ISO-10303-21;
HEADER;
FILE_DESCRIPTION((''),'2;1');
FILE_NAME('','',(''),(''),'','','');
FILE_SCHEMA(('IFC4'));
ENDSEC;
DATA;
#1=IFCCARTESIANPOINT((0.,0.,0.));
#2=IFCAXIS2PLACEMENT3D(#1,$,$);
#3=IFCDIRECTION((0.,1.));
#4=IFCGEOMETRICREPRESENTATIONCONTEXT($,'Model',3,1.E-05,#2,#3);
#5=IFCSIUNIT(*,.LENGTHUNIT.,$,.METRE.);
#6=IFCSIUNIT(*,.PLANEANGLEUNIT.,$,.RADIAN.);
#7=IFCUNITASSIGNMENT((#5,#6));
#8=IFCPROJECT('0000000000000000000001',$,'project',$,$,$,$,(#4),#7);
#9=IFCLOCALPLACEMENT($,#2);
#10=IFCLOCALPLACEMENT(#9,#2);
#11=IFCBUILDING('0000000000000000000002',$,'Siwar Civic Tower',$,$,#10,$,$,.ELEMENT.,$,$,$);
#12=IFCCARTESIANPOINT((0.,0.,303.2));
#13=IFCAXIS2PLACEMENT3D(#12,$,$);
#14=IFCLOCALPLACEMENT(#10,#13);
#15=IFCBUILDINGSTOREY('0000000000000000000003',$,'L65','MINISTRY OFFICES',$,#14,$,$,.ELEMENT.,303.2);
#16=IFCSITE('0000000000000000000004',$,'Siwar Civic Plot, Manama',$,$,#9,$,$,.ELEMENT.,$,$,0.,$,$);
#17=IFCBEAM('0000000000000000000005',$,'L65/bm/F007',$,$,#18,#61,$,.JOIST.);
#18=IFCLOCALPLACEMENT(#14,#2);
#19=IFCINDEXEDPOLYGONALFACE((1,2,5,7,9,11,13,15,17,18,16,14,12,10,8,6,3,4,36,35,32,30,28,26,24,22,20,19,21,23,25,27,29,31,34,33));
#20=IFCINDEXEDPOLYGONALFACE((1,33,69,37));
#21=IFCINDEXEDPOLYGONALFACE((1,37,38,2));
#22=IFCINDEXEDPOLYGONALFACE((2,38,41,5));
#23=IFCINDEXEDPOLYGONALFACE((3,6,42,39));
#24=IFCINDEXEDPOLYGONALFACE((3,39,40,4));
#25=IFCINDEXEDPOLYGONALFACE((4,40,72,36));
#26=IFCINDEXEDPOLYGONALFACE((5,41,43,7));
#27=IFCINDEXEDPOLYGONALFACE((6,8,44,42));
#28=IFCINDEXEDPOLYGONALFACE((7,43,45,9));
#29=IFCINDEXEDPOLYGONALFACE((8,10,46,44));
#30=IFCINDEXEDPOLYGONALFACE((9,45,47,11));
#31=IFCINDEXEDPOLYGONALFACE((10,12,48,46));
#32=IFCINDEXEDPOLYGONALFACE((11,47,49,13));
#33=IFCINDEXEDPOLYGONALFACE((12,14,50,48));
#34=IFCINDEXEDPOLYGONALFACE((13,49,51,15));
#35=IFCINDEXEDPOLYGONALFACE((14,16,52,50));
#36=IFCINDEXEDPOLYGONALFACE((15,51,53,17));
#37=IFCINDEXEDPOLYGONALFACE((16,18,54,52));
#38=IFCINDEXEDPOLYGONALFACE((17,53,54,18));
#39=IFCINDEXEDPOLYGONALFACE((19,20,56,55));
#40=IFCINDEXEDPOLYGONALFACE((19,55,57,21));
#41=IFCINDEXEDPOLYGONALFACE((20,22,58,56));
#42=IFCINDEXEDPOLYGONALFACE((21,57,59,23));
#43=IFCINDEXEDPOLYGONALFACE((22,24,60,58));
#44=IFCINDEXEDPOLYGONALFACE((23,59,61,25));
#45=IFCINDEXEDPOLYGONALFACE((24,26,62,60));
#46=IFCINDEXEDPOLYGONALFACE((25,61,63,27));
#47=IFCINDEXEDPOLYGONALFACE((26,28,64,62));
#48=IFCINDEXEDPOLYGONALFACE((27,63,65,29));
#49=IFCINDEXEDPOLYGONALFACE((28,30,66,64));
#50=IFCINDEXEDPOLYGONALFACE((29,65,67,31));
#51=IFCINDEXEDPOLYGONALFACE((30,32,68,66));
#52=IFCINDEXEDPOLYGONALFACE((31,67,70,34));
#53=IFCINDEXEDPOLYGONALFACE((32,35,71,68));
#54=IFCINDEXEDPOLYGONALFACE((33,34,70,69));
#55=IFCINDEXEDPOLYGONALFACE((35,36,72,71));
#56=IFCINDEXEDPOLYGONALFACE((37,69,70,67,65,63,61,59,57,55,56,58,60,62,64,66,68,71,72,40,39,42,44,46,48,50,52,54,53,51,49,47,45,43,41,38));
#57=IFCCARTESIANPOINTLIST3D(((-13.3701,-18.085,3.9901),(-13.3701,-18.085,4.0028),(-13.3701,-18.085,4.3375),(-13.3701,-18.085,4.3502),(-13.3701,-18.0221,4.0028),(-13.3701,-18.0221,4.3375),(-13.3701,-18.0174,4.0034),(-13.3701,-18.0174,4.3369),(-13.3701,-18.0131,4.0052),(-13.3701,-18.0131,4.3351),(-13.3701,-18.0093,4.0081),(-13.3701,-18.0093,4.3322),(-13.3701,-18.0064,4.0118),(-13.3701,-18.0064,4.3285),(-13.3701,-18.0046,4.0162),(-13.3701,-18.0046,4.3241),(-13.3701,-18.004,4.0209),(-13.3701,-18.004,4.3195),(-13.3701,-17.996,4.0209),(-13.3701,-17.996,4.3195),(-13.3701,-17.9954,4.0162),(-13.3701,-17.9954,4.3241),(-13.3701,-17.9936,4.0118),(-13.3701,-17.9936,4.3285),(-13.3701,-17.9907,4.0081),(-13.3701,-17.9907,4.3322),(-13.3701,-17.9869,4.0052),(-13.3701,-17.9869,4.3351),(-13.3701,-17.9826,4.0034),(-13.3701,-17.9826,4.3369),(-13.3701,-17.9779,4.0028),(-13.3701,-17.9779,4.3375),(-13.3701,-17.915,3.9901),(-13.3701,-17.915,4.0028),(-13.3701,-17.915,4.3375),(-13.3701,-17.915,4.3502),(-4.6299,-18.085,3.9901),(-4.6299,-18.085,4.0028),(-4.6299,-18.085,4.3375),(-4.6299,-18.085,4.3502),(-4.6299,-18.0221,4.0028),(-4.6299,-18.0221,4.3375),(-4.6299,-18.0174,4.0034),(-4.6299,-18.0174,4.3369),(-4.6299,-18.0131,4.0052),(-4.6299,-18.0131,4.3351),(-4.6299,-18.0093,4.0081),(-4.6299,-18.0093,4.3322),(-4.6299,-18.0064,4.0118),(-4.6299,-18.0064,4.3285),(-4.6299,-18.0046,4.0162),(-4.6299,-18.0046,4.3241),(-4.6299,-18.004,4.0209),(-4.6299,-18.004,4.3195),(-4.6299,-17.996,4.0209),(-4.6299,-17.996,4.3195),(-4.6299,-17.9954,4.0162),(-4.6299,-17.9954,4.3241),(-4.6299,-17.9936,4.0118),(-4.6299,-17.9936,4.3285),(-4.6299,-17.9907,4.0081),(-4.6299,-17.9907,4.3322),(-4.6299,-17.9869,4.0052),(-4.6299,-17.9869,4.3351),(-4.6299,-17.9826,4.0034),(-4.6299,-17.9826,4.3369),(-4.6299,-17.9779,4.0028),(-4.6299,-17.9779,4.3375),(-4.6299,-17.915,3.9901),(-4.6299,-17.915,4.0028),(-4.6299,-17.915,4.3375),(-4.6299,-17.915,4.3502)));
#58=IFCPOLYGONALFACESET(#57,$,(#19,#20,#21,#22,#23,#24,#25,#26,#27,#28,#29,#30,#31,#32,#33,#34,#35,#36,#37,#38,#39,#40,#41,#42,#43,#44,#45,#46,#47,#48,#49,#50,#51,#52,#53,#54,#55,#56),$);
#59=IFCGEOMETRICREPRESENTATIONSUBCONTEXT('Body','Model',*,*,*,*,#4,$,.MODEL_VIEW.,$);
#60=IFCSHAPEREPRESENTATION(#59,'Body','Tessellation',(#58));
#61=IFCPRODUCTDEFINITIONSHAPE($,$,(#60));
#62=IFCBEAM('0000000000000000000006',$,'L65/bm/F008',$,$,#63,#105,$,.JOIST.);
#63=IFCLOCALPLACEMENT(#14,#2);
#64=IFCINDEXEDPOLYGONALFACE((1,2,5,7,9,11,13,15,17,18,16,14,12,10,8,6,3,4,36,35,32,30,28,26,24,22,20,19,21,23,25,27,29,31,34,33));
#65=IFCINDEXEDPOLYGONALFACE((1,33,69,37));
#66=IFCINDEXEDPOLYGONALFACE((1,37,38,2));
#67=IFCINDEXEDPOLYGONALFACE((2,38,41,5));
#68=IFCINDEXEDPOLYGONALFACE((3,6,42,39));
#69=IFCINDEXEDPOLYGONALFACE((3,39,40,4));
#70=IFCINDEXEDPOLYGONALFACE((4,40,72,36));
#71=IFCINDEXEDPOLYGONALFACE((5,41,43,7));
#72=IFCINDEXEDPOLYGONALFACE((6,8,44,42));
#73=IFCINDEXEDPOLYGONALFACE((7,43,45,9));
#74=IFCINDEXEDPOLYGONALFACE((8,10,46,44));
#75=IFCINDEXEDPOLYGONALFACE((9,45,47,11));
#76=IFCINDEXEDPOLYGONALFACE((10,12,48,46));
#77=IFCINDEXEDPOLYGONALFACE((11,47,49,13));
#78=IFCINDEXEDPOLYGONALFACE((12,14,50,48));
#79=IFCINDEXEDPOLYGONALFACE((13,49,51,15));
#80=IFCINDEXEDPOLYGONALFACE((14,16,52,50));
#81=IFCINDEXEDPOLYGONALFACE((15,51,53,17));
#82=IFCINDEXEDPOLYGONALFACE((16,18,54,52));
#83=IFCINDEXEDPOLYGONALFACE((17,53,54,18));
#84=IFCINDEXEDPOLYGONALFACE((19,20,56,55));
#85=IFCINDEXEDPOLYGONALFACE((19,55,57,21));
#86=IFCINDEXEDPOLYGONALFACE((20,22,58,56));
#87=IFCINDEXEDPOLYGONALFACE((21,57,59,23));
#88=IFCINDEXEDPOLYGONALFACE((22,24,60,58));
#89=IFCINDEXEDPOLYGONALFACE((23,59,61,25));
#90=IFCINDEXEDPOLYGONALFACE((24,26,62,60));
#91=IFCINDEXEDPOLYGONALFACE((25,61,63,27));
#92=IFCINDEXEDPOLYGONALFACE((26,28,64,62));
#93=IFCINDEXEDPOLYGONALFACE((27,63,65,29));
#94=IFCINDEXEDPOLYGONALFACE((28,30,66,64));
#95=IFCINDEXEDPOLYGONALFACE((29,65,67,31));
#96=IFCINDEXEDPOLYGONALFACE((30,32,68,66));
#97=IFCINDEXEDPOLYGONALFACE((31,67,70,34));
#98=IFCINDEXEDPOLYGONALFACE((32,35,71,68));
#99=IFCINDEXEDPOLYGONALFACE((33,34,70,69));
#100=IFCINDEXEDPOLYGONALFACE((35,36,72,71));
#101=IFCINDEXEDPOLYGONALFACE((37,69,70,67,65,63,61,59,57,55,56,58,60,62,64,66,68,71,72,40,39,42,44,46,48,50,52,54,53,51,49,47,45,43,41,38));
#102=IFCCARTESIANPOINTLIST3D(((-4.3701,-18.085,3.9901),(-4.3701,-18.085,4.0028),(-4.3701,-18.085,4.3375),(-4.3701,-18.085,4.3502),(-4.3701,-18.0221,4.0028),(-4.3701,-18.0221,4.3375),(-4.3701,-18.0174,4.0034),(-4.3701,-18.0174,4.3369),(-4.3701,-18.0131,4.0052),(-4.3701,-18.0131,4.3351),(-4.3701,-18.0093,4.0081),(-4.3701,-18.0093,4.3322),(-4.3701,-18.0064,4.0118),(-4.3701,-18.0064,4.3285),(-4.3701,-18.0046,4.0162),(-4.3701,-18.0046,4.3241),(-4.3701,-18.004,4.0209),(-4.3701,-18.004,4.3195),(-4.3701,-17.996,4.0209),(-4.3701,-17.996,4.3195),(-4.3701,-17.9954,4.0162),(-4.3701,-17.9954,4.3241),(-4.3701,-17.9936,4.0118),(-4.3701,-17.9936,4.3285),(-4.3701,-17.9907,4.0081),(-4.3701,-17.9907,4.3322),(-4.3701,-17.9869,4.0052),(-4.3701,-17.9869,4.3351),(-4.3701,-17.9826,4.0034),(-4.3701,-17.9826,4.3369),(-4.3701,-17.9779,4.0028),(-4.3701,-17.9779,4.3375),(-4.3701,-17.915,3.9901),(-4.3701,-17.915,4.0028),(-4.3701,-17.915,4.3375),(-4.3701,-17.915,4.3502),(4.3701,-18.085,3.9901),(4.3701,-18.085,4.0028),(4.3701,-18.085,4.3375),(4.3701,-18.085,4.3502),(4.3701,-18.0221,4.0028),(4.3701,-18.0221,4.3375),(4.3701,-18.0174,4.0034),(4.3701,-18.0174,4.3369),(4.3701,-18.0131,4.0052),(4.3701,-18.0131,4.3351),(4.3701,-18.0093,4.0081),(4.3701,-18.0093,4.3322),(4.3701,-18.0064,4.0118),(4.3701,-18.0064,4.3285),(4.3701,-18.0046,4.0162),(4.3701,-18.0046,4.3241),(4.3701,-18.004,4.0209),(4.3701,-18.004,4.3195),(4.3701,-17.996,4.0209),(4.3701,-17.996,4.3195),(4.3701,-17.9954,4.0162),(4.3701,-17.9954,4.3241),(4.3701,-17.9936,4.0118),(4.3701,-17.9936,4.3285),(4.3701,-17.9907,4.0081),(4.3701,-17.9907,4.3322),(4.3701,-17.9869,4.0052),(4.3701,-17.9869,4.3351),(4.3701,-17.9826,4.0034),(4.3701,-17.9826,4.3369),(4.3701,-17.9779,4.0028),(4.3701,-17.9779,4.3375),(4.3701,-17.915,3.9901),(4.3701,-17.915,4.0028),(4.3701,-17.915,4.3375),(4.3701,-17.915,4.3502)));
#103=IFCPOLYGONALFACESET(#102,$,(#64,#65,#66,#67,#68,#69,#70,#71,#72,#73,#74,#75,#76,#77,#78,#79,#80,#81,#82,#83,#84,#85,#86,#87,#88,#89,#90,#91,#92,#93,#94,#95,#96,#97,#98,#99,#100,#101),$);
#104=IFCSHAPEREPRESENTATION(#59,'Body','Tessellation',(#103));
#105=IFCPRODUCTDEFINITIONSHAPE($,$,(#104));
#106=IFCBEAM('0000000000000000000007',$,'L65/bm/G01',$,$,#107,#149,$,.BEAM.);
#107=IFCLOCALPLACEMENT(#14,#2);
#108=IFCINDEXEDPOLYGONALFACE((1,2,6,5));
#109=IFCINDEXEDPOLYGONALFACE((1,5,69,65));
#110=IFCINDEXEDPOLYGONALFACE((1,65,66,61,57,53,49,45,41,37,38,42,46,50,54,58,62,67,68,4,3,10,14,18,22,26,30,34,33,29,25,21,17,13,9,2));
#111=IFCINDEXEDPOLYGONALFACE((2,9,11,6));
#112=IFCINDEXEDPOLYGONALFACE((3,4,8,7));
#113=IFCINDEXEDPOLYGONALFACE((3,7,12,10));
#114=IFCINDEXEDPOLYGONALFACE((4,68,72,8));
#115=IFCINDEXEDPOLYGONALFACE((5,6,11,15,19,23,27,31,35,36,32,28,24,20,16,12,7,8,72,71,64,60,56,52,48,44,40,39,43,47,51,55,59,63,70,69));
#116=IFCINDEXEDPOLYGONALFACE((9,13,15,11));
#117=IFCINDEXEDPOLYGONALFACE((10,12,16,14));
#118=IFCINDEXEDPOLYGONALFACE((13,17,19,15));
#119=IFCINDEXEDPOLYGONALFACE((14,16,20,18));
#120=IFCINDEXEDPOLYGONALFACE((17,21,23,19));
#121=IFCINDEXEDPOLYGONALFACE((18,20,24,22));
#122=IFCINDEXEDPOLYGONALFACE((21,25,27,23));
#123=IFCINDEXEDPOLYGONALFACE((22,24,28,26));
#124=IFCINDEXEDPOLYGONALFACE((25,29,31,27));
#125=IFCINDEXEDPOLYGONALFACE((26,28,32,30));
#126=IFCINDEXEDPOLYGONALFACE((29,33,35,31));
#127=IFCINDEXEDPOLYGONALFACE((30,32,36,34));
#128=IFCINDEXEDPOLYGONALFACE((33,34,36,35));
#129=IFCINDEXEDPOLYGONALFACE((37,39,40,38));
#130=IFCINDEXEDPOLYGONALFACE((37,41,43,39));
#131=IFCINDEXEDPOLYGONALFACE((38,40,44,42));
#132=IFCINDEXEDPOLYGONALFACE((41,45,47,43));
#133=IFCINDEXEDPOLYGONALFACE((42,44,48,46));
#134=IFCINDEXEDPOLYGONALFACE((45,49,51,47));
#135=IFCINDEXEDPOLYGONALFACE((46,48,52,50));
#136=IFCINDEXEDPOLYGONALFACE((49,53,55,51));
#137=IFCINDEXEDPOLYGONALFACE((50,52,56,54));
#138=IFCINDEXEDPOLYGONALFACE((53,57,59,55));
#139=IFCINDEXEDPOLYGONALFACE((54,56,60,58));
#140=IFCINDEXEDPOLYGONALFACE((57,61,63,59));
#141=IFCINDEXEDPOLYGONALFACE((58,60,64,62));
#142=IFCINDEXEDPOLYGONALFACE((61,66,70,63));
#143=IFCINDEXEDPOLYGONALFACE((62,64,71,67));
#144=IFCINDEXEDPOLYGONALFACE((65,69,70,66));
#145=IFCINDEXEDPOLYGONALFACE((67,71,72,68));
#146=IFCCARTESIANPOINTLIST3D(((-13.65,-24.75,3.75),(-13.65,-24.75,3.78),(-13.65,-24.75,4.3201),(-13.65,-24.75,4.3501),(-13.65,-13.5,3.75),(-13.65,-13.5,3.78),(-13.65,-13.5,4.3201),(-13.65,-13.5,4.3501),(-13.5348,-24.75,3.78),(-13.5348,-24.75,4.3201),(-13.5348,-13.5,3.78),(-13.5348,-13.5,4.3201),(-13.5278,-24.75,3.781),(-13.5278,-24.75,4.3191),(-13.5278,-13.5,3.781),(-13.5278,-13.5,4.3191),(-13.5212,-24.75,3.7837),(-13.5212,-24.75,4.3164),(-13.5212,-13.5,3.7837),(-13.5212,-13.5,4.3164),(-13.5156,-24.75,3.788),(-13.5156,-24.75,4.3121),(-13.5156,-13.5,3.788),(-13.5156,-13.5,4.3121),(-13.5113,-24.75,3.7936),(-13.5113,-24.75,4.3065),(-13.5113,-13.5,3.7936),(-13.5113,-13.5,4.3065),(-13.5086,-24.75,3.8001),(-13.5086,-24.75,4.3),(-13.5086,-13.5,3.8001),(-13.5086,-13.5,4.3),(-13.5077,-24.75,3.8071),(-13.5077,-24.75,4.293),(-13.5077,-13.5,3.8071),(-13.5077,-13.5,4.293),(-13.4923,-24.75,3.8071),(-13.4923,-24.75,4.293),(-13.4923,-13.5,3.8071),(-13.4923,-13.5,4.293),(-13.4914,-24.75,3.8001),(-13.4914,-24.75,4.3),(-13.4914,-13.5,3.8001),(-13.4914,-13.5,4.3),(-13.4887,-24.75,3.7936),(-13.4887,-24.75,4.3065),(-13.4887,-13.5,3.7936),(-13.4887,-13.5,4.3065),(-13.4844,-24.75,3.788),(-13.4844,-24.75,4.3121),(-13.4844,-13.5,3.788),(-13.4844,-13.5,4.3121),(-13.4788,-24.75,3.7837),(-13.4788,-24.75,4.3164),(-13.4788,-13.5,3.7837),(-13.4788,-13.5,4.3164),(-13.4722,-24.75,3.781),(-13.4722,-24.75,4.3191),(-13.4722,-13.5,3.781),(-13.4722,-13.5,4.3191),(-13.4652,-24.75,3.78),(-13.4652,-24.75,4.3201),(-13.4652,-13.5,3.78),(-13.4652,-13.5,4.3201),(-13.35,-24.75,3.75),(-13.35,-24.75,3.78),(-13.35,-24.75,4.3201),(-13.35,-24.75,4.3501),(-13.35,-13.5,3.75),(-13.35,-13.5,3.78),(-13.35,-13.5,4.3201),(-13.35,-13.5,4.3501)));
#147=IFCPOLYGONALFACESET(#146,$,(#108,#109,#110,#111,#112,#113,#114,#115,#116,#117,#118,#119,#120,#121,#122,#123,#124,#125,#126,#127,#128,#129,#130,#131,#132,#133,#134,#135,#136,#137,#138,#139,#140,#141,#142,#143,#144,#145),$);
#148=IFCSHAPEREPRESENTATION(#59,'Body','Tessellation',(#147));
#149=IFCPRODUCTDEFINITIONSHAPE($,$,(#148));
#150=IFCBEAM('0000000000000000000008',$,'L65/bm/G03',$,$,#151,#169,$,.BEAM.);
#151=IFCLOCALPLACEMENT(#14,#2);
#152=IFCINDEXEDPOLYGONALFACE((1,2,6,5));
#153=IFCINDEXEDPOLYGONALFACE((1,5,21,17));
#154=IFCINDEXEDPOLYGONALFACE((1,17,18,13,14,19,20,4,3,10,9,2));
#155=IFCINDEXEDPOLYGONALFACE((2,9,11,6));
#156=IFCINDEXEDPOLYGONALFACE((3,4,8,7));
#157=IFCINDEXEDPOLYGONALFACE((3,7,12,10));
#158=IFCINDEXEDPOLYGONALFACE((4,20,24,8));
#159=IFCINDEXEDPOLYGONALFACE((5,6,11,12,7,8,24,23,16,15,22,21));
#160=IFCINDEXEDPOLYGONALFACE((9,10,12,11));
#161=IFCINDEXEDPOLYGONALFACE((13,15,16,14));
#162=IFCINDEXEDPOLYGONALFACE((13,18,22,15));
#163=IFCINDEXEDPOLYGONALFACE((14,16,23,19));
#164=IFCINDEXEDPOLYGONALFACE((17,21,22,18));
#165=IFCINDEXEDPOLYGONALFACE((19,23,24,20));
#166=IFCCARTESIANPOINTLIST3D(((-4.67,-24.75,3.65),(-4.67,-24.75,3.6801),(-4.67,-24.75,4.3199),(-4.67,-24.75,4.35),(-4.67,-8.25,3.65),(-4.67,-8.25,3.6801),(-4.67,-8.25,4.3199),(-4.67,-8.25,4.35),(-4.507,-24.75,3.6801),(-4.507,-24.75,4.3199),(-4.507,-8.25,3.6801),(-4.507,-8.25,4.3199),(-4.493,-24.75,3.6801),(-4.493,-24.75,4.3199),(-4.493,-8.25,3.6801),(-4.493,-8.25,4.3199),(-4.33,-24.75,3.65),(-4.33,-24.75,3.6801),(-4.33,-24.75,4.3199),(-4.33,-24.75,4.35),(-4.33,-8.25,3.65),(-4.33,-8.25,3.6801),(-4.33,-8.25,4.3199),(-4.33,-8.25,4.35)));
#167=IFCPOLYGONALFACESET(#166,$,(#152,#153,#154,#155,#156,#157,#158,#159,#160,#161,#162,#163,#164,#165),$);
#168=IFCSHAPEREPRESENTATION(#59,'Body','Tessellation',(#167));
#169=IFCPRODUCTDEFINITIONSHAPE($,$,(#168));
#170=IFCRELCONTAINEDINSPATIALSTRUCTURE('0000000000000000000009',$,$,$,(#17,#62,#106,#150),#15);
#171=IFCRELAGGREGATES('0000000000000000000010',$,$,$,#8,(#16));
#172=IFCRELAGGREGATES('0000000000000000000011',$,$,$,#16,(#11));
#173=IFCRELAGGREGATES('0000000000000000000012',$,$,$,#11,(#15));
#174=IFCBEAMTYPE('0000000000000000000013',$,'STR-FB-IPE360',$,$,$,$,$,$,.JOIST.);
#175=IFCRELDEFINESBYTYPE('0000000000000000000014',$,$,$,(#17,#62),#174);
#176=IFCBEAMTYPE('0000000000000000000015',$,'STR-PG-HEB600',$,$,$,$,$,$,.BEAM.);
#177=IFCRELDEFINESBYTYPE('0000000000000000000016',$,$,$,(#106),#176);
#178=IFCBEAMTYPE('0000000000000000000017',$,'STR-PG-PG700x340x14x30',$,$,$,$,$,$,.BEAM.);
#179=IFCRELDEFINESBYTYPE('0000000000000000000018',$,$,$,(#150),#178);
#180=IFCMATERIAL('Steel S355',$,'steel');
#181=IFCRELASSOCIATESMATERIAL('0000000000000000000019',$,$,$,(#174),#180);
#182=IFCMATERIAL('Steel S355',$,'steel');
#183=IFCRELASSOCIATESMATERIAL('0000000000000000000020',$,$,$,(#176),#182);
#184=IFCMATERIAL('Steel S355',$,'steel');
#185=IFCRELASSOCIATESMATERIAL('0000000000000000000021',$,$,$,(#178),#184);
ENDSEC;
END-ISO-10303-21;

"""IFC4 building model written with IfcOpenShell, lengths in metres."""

from ifc_helpers import new_model, si_unit, direction, frame, origin, origin_2d, place, context, subcontext, project, spatial, i_section, extrude, material, material_profile, profile_set, type_object, element, save


model = new_model("IFC4")

# Units and contexts
model_context = context("Model", 3, precision=1e-05, world=origin(), true_north=direction((0.0, 1.0)))
body_context = subcontext(model_context, "Body", "Model", "MODEL_VIEW")
ifc_project = project(units=[si_unit("LENGTHUNIT", "METRE"), si_unit("PLANEANGLEUNIT", "RADIAN")], contexts=[model_context])

# Site, building, storey
site_placement = place(None, origin())
site = spatial("IfcSite", under=ifc_project, at=site_placement, Name="Siwar Civic Plot, Manama", CompositionType="ELEMENT", RefElevation=0.0)
building_placement = place(site_placement, origin())
building = spatial("IfcBuilding", under=site, at=building_placement, Name="Siwar Civic Tower", CompositionType="ELEMENT")
storey_placement = place(building_placement, frame((0.0, 0.0, 303.2)))
storey = spatial("IfcBuildingStorey", under=building, at=storey_placement, Name="L65", Description="MINISTRY OFFICES", CompositionType="ELEMENT", Elevation=303.2)

# Beams
ifc_material_1 = material(Name="Steel S355", Category="steel")
ifc_material_profile_1 = material_profile(ifc_material_1, i_section(OverallWidth=0.1699, OverallDepth=0.3601, WebThickness=0.0081, FlangeThickness=0.0127, FilletRadius=0.0181, at=origin_2d()), Name="IPE360")
ifc_profile_set_1 = profile_set([ifc_material_profile_1], Name="Steel S355")
beam_type_1 = type_object("IfcBeamType", Name="STR-FB-IPE360", PredefinedType="JOIST", material=ifc_profile_set_1)
for number, where, z_axis, x_axis, name in (
    (1, (-13.3701, -18.0, 4.1702), (1.0, 0.0, 0.0), (0.0, 1.0, 0.0), "L65/bm/F007"),
    (2, (-4.3701, -18.0, 4.1702), (1.0, 0.0, 0.0), (0.0, 1.0, 0.0), "L65/bm/F008"),
):
    element("IfcBeam", number, at=place(storey_placement, frame(where, z_axis=z_axis, x_axis=x_axis)), inside=storey, type_object=beam_type_1, Name=name, PredefinedType="JOIST", context=body_context, shape_type="SweptSolid", body=[
        extrude(i_section(OverallWidth=0.1699, OverallDepth=0.3601, WebThickness=0.0081, FlangeThickness=0.0127, FilletRadius=0.0181, at=origin_2d()), origin(), (0.0, 0.0, 1.0), 8.7402),
    ])
ifc_material_2 = material(Name="Steel S355", Category="steel")
ifc_material_profile_2 = material_profile(ifc_material_2, i_section(OverallWidth=0.3, OverallDepth=0.6001, WebThickness=0.0154, FlangeThickness=0.03, FilletRadius=0.0271, at=origin_2d()), Name="HEB600")
ifc_profile_set_2 = profile_set([ifc_material_profile_2], Name="Steel S355")
beam_type_2 = type_object("IfcBeamType", Name="STR-PG-HEB600", PredefinedType="BEAM", material=ifc_profile_set_2)
beam_1_placement = place(storey_placement, frame((-13.5, -24.75, 4.05), z_axis=(0.0, 1.0, 0.0), x_axis=(-1.0, 0.0, 0.0)))
element("IfcBeam", 3, at=beam_1_placement, inside=storey, type_object=beam_type_2, Name="L65/bm/G01", PredefinedType="BEAM", context=body_context, shape_type="SweptSolid", body=[
    extrude(i_section(OverallWidth=0.3, OverallDepth=0.6001, WebThickness=0.0154, FlangeThickness=0.03, FilletRadius=0.0271, at=origin_2d()), origin(), (0.0, 0.0, 1.0), 11.25),
])
ifc_material_3 = material(Name="Steel S355", Category="steel")
ifc_material_profile_3 = material_profile(ifc_material_3, i_section(OverallWidth=0.3401, OverallDepth=0.7, WebThickness=0.0139, FlangeThickness=0.03, at=origin_2d()), Name="PG700x340x14x30")
ifc_profile_set_3 = profile_set([ifc_material_profile_3], Name="Steel S355")
beam_type_3 = type_object("IfcBeamType", Name="STR-PG-PG700x340x14x30", PredefinedType="BEAM", material=ifc_profile_set_3)
beam_2_placement = place(storey_placement, frame((-4.5, -24.75, 4.0), z_axis=(0.0, 1.0, 0.0), x_axis=(-1.0, 0.0, 0.0)))
element("IfcBeam", 4, at=beam_2_placement, inside=storey, type_object=beam_type_3, Name="L65/bm/G03", PredefinedType="BEAM", context=body_context, shape_type="SweptSolid", body=[
    extrude(i_section(OverallWidth=0.3401, OverallDepth=0.7, WebThickness=0.0139, FlangeThickness=0.03, at=origin_2d()), origin(), (0.0, 0.0, 1.0), 16.5),
])

save(model, "model.ifc")
